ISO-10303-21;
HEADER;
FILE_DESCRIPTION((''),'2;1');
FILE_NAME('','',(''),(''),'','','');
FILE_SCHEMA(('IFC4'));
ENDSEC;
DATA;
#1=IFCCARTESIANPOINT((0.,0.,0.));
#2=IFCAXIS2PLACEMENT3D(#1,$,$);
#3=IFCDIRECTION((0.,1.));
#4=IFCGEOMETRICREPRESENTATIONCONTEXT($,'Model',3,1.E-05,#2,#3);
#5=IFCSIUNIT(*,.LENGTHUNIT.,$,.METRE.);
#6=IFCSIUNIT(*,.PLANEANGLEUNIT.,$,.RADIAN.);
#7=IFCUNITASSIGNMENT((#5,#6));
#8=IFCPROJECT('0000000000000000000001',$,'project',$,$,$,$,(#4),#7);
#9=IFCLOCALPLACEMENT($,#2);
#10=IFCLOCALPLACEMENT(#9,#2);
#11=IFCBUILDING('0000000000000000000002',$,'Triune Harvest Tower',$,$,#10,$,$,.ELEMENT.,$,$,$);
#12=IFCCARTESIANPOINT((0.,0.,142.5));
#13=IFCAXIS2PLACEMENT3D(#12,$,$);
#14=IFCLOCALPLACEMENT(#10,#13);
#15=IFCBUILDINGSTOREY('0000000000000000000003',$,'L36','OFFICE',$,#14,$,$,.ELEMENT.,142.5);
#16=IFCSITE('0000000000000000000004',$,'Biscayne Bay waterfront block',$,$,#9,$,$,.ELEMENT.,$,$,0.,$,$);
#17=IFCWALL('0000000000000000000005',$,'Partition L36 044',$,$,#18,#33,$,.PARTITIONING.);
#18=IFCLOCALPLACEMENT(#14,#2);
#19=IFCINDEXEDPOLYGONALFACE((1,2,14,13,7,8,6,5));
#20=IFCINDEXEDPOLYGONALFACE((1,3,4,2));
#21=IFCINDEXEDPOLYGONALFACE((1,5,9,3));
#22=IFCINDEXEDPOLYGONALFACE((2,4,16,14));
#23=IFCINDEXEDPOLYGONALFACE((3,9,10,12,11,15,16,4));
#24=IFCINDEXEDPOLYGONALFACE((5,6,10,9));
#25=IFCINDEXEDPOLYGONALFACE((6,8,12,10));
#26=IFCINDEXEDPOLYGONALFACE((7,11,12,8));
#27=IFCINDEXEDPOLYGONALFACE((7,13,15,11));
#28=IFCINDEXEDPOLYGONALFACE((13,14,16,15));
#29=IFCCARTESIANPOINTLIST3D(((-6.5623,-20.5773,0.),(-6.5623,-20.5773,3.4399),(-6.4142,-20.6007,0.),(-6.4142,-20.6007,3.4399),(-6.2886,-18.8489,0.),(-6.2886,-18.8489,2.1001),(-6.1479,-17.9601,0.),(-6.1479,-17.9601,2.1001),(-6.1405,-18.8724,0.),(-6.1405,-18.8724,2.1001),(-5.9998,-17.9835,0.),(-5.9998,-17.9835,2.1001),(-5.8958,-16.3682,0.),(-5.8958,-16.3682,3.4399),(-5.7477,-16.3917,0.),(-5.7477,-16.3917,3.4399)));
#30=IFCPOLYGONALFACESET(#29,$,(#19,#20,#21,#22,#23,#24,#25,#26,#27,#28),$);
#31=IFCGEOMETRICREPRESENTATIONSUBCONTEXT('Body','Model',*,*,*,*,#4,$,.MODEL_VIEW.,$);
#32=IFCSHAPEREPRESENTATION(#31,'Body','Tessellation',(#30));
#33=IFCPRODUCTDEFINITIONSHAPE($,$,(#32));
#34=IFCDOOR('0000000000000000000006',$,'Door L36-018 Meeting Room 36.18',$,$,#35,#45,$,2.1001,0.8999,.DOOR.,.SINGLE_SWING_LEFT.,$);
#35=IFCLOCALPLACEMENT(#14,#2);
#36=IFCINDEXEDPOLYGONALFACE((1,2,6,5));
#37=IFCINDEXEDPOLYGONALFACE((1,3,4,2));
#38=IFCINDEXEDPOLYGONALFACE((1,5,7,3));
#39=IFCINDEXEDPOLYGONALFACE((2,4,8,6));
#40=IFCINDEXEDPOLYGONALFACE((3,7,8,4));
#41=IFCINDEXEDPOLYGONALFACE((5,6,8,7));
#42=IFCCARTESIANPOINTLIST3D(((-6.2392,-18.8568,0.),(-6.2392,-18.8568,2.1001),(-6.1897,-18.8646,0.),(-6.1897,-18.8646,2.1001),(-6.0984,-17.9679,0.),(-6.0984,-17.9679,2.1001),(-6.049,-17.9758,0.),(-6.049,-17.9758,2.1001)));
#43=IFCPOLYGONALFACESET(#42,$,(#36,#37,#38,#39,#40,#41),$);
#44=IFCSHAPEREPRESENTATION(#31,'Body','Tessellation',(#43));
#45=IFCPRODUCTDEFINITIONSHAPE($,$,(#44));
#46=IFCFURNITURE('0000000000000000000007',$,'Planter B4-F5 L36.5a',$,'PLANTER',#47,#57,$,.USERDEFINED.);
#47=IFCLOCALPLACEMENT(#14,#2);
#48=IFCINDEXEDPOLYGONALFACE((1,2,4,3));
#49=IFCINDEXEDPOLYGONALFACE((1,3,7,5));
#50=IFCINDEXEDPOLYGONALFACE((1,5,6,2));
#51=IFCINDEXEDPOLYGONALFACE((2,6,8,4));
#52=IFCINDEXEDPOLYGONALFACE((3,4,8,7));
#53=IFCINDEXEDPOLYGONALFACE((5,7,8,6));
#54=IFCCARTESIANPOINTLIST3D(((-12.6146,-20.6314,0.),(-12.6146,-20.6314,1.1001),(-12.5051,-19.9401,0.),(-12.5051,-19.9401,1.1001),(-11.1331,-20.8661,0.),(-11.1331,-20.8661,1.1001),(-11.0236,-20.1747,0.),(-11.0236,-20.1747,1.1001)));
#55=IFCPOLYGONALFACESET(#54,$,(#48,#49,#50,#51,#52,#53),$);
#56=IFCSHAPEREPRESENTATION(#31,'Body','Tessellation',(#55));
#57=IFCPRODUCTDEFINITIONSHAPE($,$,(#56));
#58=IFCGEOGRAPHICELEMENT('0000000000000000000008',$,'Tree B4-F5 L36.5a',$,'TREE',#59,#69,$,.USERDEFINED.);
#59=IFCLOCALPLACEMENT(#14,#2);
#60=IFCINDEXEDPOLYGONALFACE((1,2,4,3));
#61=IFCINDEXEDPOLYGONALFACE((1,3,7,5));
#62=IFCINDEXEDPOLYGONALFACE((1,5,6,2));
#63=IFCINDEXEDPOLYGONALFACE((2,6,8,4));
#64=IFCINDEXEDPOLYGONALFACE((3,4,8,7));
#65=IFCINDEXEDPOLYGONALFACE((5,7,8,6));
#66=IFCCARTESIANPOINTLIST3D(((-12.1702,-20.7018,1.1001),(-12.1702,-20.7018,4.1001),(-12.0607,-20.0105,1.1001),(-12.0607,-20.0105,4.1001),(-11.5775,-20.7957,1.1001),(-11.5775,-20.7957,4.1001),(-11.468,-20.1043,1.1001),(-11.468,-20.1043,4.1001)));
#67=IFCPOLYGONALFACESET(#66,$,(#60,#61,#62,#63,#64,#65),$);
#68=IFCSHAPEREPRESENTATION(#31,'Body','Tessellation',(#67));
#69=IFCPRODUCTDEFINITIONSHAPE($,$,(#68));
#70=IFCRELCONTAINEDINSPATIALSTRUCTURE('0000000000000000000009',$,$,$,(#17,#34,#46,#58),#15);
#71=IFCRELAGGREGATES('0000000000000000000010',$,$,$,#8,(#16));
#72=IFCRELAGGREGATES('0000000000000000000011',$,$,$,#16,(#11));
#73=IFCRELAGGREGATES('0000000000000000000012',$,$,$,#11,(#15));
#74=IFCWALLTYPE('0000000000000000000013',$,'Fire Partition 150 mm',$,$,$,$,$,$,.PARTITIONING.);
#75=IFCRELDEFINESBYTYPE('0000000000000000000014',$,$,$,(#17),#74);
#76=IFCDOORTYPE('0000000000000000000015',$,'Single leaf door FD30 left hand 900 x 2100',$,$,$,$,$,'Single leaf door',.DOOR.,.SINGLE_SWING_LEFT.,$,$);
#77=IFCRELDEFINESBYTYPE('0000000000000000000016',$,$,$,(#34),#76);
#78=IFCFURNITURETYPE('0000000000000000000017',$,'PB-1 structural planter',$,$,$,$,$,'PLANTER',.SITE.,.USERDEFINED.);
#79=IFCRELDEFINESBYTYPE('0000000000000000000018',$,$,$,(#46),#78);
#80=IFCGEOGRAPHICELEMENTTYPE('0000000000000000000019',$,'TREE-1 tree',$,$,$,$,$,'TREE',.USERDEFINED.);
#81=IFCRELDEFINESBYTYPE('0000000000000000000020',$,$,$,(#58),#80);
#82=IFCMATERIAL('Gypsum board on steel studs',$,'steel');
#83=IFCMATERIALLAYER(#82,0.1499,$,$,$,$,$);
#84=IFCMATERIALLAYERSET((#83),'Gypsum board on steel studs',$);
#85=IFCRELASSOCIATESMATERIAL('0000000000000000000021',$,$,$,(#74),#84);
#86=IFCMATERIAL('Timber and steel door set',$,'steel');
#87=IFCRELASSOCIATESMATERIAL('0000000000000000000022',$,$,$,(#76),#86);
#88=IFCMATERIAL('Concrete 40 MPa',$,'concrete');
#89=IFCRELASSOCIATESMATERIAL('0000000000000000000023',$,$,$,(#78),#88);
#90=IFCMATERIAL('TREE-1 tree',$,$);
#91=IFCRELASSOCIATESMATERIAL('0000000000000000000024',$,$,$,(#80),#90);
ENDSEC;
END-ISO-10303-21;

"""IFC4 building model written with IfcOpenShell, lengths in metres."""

from ifc_helpers import new_model, si_unit, direction, frame, frame_2d, origin, origin_2d, place, context, subcontext, project, spatial, rectangle, extrude, source, transform, mapped, material, layer, layer_set, type_object, element, fill, save


model = new_model("IFC4")

# Units and contexts
model_context = context("Model", 3, precision=1e-05, world=origin(), true_north=direction((0.0, 1.0)))
body_context = subcontext(model_context, "Body", "Model", "MODEL_VIEW")
ifc_project = project(units=[si_unit("LENGTHUNIT", "METRE"), si_unit("PLANEANGLEUNIT", "RADIAN")], contexts=[model_context])

# Site, building, storey
site_placement = place(None, origin())
site = spatial("IfcSite", under=ifc_project, at=site_placement, Name="Biscayne Bay waterfront block", CompositionType="ELEMENT", RefElevation=0.0)
building_placement = place(site_placement, origin())
building = spatial("IfcBuilding", under=site, at=building_placement, Name="Triune Harvest Tower", CompositionType="ELEMENT")
storey_placement = place(building_placement, frame((0.0, 0.0, 142.5)))
storey = spatial("IfcBuildingStorey", under=building, at=storey_placement, Name="L36", Description="OFFICE", CompositionType="ELEMENT", Elevation=142.5)

# Wall, opening, door
ifc_material_1 = material(Name="Gypsum board on steel studs", Category="steel")
ifc_layer_1 = layer(ifc_material_1, 0.1499)
ifc_layer_set_1 = layer_set([ifc_layer_1], Name="Gypsum board on steel studs")
wall_type_1 = type_object("IfcWallType", Name="Fire Partition 150 mm", PredefinedType="PARTITIONING", material=ifc_layer_set_1)
ifc_material_2 = material(Name="Timber and steel door set", Category="steel")
door_type_1 = type_object("IfcDoorType", Name="Single leaf door FD30 left hand 900 x 2100", ElementType="Single leaf door", OperationType="SINGLE_SWING_LEFT", PredefinedType="DOOR", material=ifc_material_2)
shared_shape_1 = source(origin(), body_context, "Body", "SweptSolid", [
    extrude(rectangle(XDim=4.2615, YDim=0.1499, at=frame_2d((2.1309, 0.0))), origin(), (0.0, 0.0, 1.0), 3.4399),
])
wall_1_placement = place(storey_placement, frame((-6.4883, -20.5891, 0.0), z_axis=(0.0, 0.0, 1.0), x_axis=(0.156404, 0.987693, 0.0)))
wall_1 = element("IfcWall", 1, at=wall_1_placement, inside=storey, type_object=wall_type_1, Name="Partition L36 044", PredefinedType="PARTITIONING", context=body_context, shape_type="MappedRepresentation", body=[
    mapped(shared_shape_1, transform((0.0, 0.0, 0.0), scale=1.0)),
])
opening_1_placement = place(wall_1_placement, frame((1.75, 0.0, 0.0)))
opening_1 = element("IfcOpeningElement", 2, at=opening_1_placement, cuts=wall_1, PredefinedType="OPENING", context=body_context, shape_type="SweptSolid", body=[
    extrude(rectangle(XDim=0.8999, YDim=2.1001, at=frame_2d((0.45, 1.05))), frame((0.0, 0.085, 0.0), z_axis=(0.0, -1.0, 0.0), x_axis=(1.0, 0.0, 0.0)), (0.0, 0.0, 1.0), 0.1699),
])
door_1_placement = place(opening_1_placement, origin())
door_1 = element("IfcDoor", 3, at=door_1_placement, inside=storey, type_object=door_type_1, Name="Door L36-018 Meeting Room 36.18", OperationType="SINGLE_SWING_LEFT", OverallHeight=2.1001, OverallWidth=0.8999, PredefinedType="DOOR", context=body_context, shape_type="SweptSolid", body=[
    extrude(rectangle(XDim=0.8999, YDim=2.1001, at=frame_2d((0.45, 1.05))), frame((0.0, 0.0249, 0.0), z_axis=(0.0, -1.0, 0.0), x_axis=(1.0, 0.0, 0.0)), (0.0, 0.0, 1.0), 0.05),
])
fill(opening_1, door_1)

# Furniture
ifc_material_3 = material(Name="Concrete 40 MPa", Category="concrete")
furniture_type = type_object("IfcFurnitureType", Name="PB-1 structural planter", ElementType="PLANTER", AssemblyPlace="SITE", PredefinedType="USERDEFINED", material=ifc_material_3)
shared_shape_2 = source(origin(), body_context, "Body", "SweptSolid", [
    extrude(rectangle(XDim=1.5, YDim=0.7, at=origin_2d()), origin(), (0.0, 0.0, 1.0), 1.1001),
])
furniture_placement = place(storey_placement, frame((-11.8191, -20.4031, 0.0), z_axis=(0.0, 0.0, 1.0), x_axis=(0.987688, -0.156435, 0.0)))
element("IfcFurniture", 4, at=furniture_placement, inside=storey, type_object=furniture_type, Name="Planter B4-F5 L36.5a", ObjectType="PLANTER", PredefinedType="USERDEFINED", context=body_context, shape_type="MappedRepresentation", body=[
    mapped(shared_shape_2, transform((0.0, 0.0, 0.0), scale=1.0)),
])

# Geographic element
ifc_material_4 = material(Name="TREE-1 tree")
geographic_element_type = type_object("IfcGeographicElementType", Name="TREE-1 tree", ElementType="TREE", PredefinedType="USERDEFINED", material=ifc_material_4)
shared_shape_3 = source(origin(), body_context, "Body", "SweptSolid", [
    extrude(rectangle(XDim=0.6001, YDim=0.7, at=origin_2d()), origin(), (0.0, 0.0, 1.0), 3.0),
])
geographic_element_placement = place(storey_placement, frame((-11.8191, -20.4031, 1.1001), z_axis=(0.0, 0.0, 1.0), x_axis=(0.987688, -0.156435, 0.0)))
element("IfcGeographicElement", 5, at=geographic_element_placement, inside=storey, type_object=geographic_element_type, Name="Tree B4-F5 L36.5a", ObjectType="TREE", PredefinedType="USERDEFINED", context=body_context, shape_type="MappedRepresentation", body=[
    mapped(shared_shape_3, transform((0.0, 0.0, 0.0), scale=1.0)),
])

save(model, "model.ifc")
